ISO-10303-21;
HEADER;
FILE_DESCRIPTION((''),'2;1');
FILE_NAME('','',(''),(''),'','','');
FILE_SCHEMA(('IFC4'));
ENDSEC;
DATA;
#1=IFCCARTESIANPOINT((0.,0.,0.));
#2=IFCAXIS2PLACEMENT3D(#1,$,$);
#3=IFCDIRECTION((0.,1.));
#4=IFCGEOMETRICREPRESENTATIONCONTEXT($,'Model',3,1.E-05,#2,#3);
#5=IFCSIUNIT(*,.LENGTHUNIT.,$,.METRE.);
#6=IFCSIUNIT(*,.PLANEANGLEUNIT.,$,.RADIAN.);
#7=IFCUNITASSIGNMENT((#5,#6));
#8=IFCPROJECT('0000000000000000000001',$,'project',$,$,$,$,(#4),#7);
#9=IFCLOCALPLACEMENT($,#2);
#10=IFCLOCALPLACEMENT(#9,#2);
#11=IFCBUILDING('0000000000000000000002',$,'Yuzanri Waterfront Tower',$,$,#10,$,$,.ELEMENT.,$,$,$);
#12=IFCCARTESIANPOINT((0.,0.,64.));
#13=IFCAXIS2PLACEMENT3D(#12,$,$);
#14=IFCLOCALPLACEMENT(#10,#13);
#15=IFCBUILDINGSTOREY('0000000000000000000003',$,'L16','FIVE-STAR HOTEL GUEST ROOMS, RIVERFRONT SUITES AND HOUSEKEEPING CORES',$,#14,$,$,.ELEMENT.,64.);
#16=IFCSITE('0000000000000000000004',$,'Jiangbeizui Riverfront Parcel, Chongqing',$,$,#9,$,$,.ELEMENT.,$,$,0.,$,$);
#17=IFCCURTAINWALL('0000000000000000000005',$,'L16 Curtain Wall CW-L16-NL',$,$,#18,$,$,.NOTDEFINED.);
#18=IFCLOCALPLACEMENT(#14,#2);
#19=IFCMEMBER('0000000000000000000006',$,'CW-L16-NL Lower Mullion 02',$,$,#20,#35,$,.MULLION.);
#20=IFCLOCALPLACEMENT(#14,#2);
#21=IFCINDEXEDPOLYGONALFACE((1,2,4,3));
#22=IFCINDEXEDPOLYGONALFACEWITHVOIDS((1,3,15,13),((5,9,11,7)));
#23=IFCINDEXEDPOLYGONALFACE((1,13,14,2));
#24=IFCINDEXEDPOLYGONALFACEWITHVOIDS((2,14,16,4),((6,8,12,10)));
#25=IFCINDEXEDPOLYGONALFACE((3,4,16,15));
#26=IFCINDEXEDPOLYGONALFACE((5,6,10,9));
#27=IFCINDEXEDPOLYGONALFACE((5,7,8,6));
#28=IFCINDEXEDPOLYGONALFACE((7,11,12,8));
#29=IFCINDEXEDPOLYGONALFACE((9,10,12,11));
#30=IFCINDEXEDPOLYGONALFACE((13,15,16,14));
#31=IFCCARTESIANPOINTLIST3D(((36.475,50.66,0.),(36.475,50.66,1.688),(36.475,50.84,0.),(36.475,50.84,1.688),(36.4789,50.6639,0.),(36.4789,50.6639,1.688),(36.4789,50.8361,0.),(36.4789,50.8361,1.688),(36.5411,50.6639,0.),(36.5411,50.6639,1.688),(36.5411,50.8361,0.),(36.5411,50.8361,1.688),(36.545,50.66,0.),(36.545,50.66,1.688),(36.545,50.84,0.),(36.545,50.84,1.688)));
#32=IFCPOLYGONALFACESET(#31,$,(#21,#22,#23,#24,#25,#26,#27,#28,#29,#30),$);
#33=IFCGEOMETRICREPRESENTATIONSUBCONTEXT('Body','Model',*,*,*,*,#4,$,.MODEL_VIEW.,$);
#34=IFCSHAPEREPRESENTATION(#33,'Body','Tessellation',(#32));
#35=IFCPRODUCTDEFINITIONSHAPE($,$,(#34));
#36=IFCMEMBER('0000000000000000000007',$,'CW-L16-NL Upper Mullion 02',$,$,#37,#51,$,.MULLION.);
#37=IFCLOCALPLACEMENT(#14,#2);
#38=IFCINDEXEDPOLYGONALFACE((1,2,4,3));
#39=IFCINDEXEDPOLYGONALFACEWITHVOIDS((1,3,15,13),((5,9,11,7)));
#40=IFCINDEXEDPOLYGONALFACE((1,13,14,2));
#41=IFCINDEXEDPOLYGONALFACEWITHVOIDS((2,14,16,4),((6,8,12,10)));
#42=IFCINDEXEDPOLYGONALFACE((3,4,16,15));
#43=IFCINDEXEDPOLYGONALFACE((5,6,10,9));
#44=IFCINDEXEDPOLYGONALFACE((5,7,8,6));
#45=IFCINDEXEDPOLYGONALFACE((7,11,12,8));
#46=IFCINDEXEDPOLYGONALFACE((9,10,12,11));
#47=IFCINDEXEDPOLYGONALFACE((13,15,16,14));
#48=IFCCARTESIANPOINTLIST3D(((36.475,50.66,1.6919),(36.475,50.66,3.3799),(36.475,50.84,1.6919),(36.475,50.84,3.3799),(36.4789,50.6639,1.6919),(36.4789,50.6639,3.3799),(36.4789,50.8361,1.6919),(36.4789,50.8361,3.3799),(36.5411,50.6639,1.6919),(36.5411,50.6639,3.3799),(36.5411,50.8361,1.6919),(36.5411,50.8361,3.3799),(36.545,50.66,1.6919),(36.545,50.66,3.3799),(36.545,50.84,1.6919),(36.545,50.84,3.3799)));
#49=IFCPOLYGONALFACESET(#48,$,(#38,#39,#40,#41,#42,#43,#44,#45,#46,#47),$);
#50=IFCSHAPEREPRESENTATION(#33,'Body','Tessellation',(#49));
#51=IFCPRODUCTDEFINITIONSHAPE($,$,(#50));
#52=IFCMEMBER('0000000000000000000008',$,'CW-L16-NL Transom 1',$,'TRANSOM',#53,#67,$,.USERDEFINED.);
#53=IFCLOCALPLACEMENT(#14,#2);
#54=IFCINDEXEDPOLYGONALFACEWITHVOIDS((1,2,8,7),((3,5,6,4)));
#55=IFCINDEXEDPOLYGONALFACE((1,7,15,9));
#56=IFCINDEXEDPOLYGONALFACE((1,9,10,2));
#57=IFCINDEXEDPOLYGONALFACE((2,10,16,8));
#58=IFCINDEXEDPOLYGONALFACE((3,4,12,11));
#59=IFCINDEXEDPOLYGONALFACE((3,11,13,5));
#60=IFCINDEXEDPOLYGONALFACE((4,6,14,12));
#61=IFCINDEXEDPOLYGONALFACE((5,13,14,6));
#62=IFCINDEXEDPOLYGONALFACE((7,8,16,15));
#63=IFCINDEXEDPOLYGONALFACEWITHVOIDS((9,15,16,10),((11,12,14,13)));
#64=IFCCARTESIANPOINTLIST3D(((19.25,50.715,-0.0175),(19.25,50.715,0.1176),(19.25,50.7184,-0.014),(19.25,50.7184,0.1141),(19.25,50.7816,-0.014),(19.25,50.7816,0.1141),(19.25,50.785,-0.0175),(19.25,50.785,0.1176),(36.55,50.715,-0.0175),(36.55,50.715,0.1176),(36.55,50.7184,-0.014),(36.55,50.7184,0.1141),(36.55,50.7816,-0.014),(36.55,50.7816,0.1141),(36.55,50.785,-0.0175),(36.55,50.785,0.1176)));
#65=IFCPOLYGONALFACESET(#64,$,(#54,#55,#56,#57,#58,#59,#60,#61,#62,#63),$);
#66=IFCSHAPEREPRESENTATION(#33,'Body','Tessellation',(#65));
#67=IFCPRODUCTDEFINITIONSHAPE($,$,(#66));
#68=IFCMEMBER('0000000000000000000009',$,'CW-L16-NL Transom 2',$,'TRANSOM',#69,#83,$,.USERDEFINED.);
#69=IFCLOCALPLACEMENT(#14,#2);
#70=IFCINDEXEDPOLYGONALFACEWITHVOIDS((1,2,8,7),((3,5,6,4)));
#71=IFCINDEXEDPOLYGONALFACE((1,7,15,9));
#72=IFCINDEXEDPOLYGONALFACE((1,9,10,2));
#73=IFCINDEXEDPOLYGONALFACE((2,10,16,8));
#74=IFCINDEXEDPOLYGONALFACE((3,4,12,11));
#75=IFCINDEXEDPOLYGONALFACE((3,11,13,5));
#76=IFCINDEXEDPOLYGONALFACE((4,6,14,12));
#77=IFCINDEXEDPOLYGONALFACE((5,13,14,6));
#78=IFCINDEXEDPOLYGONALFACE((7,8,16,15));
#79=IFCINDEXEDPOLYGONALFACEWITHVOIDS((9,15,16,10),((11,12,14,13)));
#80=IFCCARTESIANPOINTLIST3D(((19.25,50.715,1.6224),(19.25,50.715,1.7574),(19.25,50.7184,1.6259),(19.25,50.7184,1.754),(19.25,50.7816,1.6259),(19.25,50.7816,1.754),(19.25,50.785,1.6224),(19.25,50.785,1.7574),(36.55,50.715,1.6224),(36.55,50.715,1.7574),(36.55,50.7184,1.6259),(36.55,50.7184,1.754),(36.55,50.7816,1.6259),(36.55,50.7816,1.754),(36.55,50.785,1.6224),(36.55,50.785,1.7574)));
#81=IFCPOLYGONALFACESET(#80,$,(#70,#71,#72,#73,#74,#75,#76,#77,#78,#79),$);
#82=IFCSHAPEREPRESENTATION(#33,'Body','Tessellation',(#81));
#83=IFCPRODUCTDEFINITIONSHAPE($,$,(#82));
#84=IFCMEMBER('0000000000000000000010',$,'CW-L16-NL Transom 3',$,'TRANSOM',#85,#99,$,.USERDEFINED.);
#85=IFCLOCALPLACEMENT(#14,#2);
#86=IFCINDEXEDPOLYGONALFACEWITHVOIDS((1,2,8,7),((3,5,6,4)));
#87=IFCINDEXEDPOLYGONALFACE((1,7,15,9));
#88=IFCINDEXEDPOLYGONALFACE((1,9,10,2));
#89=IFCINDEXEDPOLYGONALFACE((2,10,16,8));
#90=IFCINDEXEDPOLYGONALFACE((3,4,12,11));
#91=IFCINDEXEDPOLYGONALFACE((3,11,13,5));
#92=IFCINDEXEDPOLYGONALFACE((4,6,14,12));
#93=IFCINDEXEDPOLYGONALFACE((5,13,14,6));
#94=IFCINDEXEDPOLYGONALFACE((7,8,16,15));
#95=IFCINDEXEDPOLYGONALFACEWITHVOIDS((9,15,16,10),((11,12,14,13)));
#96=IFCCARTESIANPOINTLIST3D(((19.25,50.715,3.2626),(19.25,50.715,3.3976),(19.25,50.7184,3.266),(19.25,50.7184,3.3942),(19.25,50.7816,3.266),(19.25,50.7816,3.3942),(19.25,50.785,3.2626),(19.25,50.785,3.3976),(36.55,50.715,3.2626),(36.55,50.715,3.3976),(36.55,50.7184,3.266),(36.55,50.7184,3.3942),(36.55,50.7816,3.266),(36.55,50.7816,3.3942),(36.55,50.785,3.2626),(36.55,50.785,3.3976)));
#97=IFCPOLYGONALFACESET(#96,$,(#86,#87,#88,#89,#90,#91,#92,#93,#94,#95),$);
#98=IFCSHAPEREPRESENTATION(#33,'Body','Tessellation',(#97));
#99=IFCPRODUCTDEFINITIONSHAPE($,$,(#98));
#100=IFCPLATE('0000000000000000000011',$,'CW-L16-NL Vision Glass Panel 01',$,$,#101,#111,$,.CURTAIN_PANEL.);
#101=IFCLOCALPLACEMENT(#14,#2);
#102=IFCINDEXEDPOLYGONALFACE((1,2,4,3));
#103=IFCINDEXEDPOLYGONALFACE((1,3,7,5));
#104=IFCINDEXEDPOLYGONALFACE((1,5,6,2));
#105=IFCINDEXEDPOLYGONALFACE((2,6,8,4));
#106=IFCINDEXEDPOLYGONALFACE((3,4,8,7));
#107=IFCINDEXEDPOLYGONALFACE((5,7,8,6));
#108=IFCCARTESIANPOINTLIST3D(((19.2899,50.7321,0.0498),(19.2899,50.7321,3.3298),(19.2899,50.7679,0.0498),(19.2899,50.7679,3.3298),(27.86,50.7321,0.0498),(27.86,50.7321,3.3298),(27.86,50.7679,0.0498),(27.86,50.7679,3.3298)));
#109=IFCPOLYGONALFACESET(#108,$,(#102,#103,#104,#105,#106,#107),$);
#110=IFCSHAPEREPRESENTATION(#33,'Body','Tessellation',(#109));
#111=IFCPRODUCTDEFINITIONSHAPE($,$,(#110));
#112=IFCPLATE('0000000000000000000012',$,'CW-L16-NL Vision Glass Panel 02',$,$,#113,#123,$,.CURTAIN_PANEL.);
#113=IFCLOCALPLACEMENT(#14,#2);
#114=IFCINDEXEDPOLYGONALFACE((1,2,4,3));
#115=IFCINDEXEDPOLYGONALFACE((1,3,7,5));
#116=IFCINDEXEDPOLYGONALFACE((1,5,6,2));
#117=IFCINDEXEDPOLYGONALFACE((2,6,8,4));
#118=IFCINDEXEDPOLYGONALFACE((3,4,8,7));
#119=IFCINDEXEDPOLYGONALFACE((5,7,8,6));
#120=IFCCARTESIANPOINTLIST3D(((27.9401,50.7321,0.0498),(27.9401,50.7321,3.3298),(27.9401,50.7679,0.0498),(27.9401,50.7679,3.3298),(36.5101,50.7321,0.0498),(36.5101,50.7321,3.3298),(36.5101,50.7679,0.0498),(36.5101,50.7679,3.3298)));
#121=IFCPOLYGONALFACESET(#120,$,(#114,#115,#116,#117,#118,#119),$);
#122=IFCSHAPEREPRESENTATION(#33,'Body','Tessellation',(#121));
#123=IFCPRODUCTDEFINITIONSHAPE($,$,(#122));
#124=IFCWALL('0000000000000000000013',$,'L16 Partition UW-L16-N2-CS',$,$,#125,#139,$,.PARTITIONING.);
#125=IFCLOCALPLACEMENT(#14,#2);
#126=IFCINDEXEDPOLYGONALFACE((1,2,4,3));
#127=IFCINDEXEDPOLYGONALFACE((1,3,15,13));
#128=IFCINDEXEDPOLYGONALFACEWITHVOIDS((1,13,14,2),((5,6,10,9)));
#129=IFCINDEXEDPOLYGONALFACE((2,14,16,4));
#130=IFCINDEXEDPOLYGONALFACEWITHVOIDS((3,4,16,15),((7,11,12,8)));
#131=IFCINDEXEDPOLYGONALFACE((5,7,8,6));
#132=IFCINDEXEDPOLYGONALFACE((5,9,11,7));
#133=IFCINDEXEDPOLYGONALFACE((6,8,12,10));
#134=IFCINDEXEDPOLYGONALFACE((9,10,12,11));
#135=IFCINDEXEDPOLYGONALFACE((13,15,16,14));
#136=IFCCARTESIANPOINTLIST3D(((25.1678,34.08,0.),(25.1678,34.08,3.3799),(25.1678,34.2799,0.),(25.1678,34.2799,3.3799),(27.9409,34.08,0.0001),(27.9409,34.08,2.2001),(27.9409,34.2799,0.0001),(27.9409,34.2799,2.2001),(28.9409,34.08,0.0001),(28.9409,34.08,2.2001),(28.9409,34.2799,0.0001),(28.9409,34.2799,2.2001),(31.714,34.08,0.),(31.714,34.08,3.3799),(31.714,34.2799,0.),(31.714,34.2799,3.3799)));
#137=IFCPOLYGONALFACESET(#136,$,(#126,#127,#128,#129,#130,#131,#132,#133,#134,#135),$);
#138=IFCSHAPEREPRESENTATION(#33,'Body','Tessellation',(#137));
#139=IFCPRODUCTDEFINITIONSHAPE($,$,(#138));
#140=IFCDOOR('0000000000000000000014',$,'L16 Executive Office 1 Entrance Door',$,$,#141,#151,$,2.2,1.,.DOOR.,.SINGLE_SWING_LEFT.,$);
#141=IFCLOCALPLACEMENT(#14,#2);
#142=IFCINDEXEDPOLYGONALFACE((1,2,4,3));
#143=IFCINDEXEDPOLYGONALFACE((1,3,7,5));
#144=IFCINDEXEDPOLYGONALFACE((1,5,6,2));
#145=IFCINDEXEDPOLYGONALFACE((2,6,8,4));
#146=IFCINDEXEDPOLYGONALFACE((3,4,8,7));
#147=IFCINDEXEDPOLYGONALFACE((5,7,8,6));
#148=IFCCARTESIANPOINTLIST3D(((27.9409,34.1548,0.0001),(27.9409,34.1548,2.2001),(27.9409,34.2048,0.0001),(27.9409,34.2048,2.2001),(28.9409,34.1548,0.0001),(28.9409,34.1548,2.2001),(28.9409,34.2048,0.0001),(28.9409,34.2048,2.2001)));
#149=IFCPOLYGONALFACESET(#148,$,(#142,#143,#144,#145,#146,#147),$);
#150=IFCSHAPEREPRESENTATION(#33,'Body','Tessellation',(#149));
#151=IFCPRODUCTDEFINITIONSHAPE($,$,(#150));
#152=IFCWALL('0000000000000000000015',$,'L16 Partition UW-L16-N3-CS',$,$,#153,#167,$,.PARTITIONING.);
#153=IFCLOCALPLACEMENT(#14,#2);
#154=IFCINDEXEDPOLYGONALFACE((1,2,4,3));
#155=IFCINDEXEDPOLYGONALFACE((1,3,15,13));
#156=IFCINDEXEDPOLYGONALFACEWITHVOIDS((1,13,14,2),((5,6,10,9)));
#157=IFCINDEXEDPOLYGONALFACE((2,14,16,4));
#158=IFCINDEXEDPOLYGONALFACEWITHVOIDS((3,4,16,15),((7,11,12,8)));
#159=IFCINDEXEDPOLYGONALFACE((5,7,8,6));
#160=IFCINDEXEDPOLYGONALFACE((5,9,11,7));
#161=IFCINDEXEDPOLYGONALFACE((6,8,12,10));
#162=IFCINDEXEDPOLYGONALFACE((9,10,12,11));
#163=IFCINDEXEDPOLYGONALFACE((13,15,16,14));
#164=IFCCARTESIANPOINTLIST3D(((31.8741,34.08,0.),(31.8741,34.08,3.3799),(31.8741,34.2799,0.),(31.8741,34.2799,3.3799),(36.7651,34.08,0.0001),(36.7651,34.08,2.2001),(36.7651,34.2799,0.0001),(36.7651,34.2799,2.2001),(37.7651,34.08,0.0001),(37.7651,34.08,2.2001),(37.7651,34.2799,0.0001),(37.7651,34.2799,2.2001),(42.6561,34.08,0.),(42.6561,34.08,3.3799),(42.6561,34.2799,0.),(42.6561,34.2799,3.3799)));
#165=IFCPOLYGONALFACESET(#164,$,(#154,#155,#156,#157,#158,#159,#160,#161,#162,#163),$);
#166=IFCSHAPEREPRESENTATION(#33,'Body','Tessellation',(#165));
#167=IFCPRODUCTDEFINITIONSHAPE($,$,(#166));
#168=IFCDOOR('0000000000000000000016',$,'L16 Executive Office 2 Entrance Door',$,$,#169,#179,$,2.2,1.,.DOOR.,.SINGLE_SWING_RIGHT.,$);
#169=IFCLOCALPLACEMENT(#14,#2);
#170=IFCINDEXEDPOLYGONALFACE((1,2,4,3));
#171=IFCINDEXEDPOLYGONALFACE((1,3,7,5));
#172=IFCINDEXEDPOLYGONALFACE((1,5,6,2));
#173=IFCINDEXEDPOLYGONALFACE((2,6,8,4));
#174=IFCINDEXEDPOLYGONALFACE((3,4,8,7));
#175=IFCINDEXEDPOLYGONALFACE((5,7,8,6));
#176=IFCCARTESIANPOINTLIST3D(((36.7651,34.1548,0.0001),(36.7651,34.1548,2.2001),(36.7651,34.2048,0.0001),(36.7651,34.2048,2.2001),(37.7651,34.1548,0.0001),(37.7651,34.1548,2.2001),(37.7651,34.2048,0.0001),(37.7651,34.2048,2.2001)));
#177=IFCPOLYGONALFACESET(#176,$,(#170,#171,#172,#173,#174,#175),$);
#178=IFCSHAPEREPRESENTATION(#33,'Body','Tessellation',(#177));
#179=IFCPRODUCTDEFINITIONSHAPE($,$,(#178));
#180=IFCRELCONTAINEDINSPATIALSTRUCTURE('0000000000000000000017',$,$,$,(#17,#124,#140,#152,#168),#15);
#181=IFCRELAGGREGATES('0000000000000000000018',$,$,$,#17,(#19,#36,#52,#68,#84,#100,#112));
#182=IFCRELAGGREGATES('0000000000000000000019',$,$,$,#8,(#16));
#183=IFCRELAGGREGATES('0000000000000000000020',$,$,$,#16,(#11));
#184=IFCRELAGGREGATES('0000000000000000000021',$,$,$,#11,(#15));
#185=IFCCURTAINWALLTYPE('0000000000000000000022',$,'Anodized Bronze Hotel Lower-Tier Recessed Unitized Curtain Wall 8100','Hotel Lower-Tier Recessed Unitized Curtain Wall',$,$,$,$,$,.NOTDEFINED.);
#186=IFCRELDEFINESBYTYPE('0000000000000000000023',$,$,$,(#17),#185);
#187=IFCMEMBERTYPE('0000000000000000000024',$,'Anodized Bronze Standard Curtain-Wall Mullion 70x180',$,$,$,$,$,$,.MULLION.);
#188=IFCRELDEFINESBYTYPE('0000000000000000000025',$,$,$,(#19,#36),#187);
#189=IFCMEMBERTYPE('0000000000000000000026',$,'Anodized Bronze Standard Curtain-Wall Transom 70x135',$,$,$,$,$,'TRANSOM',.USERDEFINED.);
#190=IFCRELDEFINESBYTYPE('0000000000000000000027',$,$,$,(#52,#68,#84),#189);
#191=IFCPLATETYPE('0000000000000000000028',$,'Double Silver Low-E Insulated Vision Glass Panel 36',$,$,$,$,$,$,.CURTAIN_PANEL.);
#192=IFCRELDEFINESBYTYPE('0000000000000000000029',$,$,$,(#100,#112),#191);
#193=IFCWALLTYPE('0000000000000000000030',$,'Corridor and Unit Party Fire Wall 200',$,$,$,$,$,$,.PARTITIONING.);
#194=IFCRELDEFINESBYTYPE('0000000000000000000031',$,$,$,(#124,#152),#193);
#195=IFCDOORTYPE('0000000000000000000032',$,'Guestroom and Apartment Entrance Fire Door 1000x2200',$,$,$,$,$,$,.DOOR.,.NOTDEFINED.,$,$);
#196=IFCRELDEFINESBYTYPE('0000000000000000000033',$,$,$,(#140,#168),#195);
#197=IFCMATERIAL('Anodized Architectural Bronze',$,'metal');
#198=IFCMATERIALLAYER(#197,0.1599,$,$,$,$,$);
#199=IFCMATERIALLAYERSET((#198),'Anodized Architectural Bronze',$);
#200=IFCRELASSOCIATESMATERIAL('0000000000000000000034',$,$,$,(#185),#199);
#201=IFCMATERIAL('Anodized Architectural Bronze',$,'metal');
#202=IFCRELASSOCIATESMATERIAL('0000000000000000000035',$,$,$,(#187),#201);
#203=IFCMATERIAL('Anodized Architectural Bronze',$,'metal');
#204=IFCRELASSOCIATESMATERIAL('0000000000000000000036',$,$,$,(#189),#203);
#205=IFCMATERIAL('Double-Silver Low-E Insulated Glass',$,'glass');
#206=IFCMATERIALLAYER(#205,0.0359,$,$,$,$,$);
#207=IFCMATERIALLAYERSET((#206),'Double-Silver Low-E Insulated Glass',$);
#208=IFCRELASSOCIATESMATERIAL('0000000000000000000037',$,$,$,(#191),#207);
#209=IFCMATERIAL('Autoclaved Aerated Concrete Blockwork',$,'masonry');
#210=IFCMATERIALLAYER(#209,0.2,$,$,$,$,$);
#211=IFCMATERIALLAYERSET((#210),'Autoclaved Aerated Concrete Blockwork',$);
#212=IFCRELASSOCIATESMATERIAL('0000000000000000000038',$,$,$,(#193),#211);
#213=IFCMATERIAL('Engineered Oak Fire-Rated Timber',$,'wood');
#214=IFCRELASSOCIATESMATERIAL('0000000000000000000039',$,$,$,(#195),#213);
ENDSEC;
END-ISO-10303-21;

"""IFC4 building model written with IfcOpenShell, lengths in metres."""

from ifc_helpers import new_model, si_unit, direction, frame, frame_2d, origin, origin_2d, place, context, subcontext, project, spatial, rectangle, hollow_rectangle, extrude, source, transform, mapped, material, layer, layer_set, material_profile, profile_set, type_object, element, fill, aggregate, save


model = new_model("IFC4")

# Units and contexts
model_context = context("Model", 3, precision=1e-05, world=origin(), true_north=direction((0.0, 1.0)))
body_context = subcontext(model_context, "Body", "Model", "MODEL_VIEW")
ifc_project = project(units=[si_unit("LENGTHUNIT", "METRE"), si_unit("PLANEANGLEUNIT", "RADIAN")], contexts=[model_context])

# Site, building, storey
site_placement = place(None, origin())
site = spatial("IfcSite", under=ifc_project, at=site_placement, Name="Jiangbeizui Riverfront Parcel, Chongqing", CompositionType="ELEMENT", RefElevation=0.0)
building_placement = place(site_placement, origin())
building = spatial("IfcBuilding", under=site, at=building_placement, Name="Yuzanri Waterfront Tower", CompositionType="ELEMENT")
storey_placement = place(building_placement, frame((0.0, 0.0, 64.0)))
storey = spatial("IfcBuildingStorey", under=building, at=storey_placement, Name="L16", Description="FIVE-STAR HOTEL GUEST ROOMS, RIVERFRONT SUITES AND HOUSEKEEPING CORES", CompositionType="ELEMENT", Elevation=64.0)

# Curtain wall, members, plates
ifc_material_1 = material(Name="Anodized Architectural Bronze", Category="metal")
ifc_layer_1 = layer(ifc_material_1, 0.1599)
ifc_layer_set_1 = layer_set([ifc_layer_1], Name="Anodized Architectural Bronze")
curtain_wall_type = type_object("IfcCurtainWallType", Name="Anodized Bronze Hotel Lower-Tier Recessed Unitized Curtain Wall 8100", Description="Hotel Lower-Tier Recessed Unitized Curtain Wall", PredefinedType="NOTDEFINED", material=ifc_layer_set_1)
curtain_wall_placement = place(storey_placement, origin())
curtain_wall = element("IfcCurtainWall", 1, at=curtain_wall_placement, inside=storey, type_object=curtain_wall_type, Name="L16 Curtain Wall CW-L16-NL", PredefinedType="NOTDEFINED")
ifc_material_2 = material(Name="Anodized Architectural Bronze", Category="metal")
ifc_material_profile_1 = material_profile(ifc_material_2, hollow_rectangle(XDim=0.0701, YDim=0.1799, WallThickness=0.0039, at=origin_2d()), Name="CWM 70x180")
ifc_profile_set_1 = profile_set([ifc_material_profile_1], Name="Anodized Architectural Bronze")
member_type_1 = type_object("IfcMemberType", Name="Anodized Bronze Standard Curtain-Wall Mullion 70x180", PredefinedType="MULLION", material=ifc_profile_set_1)
shared_shape_1 = source(origin(), body_context, "Body", "SweptSolid", [
    extrude(hollow_rectangle(XDim=0.0701, YDim=0.1799, WallThickness=0.0039, at=origin_2d()), origin(), (0.0, 0.0, 1.0), 1.688),
])
member_1_placement = place(storey_placement, frame((36.51, 50.75, 0.0), z_axis=(0.0, 0.0, 1.0), x_axis=(1.0, 0.0, 0.0)))
member_1 = element("IfcMember", 2, at=member_1_placement, type_object=member_type_1, Name="CW-L16-NL Lower Mullion 02", PredefinedType="MULLION", context=body_context, shape_type="MappedRepresentation", body=[
    mapped(shared_shape_1, transform((0.0, 0.0, 0.0), scale=1.0)),
])
member_2_placement = place(storey_placement, frame((36.51, 50.75, 1.6919), z_axis=(0.0, 0.0, 1.0), x_axis=(1.0, 0.0, 0.0)))
member_2 = element("IfcMember", 3, at=member_2_placement, type_object=member_type_1, Name="CW-L16-NL Upper Mullion 02", PredefinedType="MULLION", context=body_context, shape_type="MappedRepresentation", body=[
    mapped(shared_shape_1, transform((0.0, 0.0, 0.0), scale=1.0)),
])
ifc_material_3 = material(Name="Anodized Architectural Bronze", Category="metal")
ifc_material_profile_2 = material_profile(ifc_material_3, hollow_rectangle(XDim=0.0701, YDim=0.135, WallThickness=0.0034, at=origin_2d()), Name="CWT 70x135")
ifc_profile_set_2 = profile_set([ifc_material_profile_2], Name="Anodized Architectural Bronze")
member_type_2 = type_object("IfcMemberType", Name="Anodized Bronze Standard Curtain-Wall Transom 70x135", ElementType="TRANSOM", PredefinedType="USERDEFINED", material=ifc_profile_set_2)
shared_shape_2 = source(origin(), body_context, "Body", "SweptSolid", [
    extrude(hollow_rectangle(XDim=0.0701, YDim=0.135, WallThickness=0.0034, at=origin_2d()), origin(), (0.0, 0.0, 1.0), 17.3),
])
member_3_placement = place(storey_placement, frame((19.25, 50.75, 0.05), z_axis=(1.0, 0.0, 0.0), x_axis=(0.0, 1.0, 0.0)))
member_3 = element("IfcMember", 4, at=member_3_placement, type_object=member_type_2, Name="CW-L16-NL Transom 1", ObjectType="TRANSOM", PredefinedType="USERDEFINED", context=body_context, shape_type="MappedRepresentation", body=[
    mapped(shared_shape_2, transform((0.0, 0.0, 0.0), scale=1.0)),
])
member_4_placement = place(storey_placement, frame((19.25, 50.75, 1.6899), z_axis=(1.0, 0.0, 0.0), x_axis=(0.0, 1.0, 0.0)))
member_4 = element("IfcMember", 5, at=member_4_placement, type_object=member_type_2, Name="CW-L16-NL Transom 2", ObjectType="TRANSOM", PredefinedType="USERDEFINED", context=body_context, shape_type="MappedRepresentation", body=[
    mapped(shared_shape_2, transform((0.0, 0.0, 0.0), scale=1.0)),
])
member_5_placement = place(storey_placement, frame((19.25, 50.75, 3.3301), z_axis=(1.0, 0.0, 0.0), x_axis=(0.0, 1.0, 0.0)))
member_5 = element("IfcMember", 6, at=member_5_placement, type_object=member_type_2, Name="CW-L16-NL Transom 3", ObjectType="TRANSOM", PredefinedType="USERDEFINED", context=body_context, shape_type="MappedRepresentation", body=[
    mapped(shared_shape_2, transform((0.0, 0.0, 0.0), scale=1.0)),
])
ifc_material_4 = material(Name="Double-Silver Low-E Insulated Glass", Category="glass")
ifc_layer_2 = layer(ifc_material_4, 0.0359)
ifc_layer_set_2 = layer_set([ifc_layer_2], Name="Double-Silver Low-E Insulated Glass")
plate_type = type_object("IfcPlateType", Name="Double Silver Low-E Insulated Vision Glass Panel 36", PredefinedType="CURTAIN_PANEL", material=ifc_layer_set_2)
shared_shape_3 = source(origin(), body_context, "Body", "SweptSolid", [
    extrude(rectangle(XDim=8.5701, YDim=0.0359, at=origin_2d()), origin(), (0.0, 0.0, 1.0), 3.28),
])
plate_1_placement = place(storey_placement, frame((23.575, 50.75, 0.0498), z_axis=(0.0, 0.0, 1.0), x_axis=(1.0, 0.0, 0.0)))
plate_1 = element("IfcPlate", 7, at=plate_1_placement, type_object=plate_type, Name="CW-L16-NL Vision Glass Panel 01", PredefinedType="CURTAIN_PANEL", context=body_context, shape_type="MappedRepresentation", body=[
    mapped(shared_shape_3, transform((0.0, 0.0, 0.0), scale=1.0)),
])
plate_2_placement = place(storey_placement, frame((32.2251, 50.75, 0.0498), z_axis=(0.0, 0.0, 1.0), x_axis=(1.0, 0.0, 0.0)))
plate_2 = element("IfcPlate", 8, at=plate_2_placement, type_object=plate_type, Name="CW-L16-NL Vision Glass Panel 02", PredefinedType="CURTAIN_PANEL", context=body_context, shape_type="MappedRepresentation", body=[
    mapped(shared_shape_3, transform((0.0, 0.0, 0.0), scale=1.0)),
])
aggregate(curtain_wall, [member_1, member_2, member_3, member_4, member_5, plate_1, plate_2])

# Walls, openings, doors
ifc_material_5 = material(Name="Autoclaved Aerated Concrete Blockwork", Category="masonry")
ifc_layer_3 = layer(ifc_material_5, 0.2)
ifc_layer_set_3 = layer_set([ifc_layer_3], Name="Autoclaved Aerated Concrete Blockwork")
wall_type_1 = type_object("IfcWallType", Name="Corridor and Unit Party Fire Wall 200", PredefinedType="PARTITIONING", material=ifc_layer_set_3)
wall_1_placement = place(storey_placement, frame((25.168, 34.1799, 0.0), z_axis=(0.0, 0.0, 1.0), x_axis=(1.0, 0.0, 0.0)))
wall_1 = element("IfcWall", 9, at=wall_1_placement, inside=storey, type_object=wall_type_1, Name="L16 Partition UW-L16-N2-CS", PredefinedType="PARTITIONING", context=body_context, shape_type="SweptSolid", body=[
    extrude(rectangle(XDim=6.5461, YDim=0.2, at=frame_2d((3.2729, 0.0))), origin(), (0.0, 0.0, 1.0), 3.3799),
])
opening_1_placement = place(wall_1_placement, frame((2.7729, 0.0, 0.0)))
opening_1 = element("IfcOpeningElement", 10, at=opening_1_placement, cuts=wall_1, PredefinedType="OPENING", context=body_context, shape_type="SweptSolid", body=[
    extrude(rectangle(XDim=1.0, YDim=2.2, at=frame_2d((0.5, 1.1001))), frame((0.0, 0.1147, 0.0), z_axis=(0.0, -1.0, 0.0), x_axis=(1.0, 0.0, 0.0)), (0.0, 0.0, 1.0), 0.2297),
])
ifc_material_6 = material(Name="Engineered Oak Fire-Rated Timber", Category="wood")
door_type = type_object("IfcDoorType", Name="Guestroom and Apartment Entrance Fire Door 1000x2200", OperationType="NOTDEFINED", PredefinedType="DOOR", material=ifc_material_6)
shared_shape_4 = source(origin(), body_context, "Body", "SweptSolid", [
    extrude(rectangle(XDim=1.0, YDim=2.2, at=frame_2d((0.5, 1.1001))), frame((0.0, 0.0249, 0.0), z_axis=(0.0, -1.0, 0.0), x_axis=(1.0, 0.0, 0.0)), (0.0, 0.0, 1.0), 0.05),
])
door_1_placement = place(opening_1_placement, origin())
door_1 = element("IfcDoor", 11, at=door_1_placement, inside=storey, type_object=door_type, Name="L16 Executive Office 1 Entrance Door", OperationType="SINGLE_SWING_LEFT", OverallHeight=2.2, OverallWidth=1.0, PredefinedType="DOOR", context=body_context, shape_type="MappedRepresentation", body=[
    mapped(shared_shape_4, transform((0.0, 0.0, 0.0), scale=1.0)),
])
fill(opening_1, door_1)
wall_2_placement = place(storey_placement, frame((31.874, 34.1799, 0.0), z_axis=(0.0, 0.0, 1.0), x_axis=(1.0, 0.0, 0.0)))
wall_2 = element("IfcWall", 12, at=wall_2_placement, inside=storey, type_object=wall_type_1, Name="L16 Partition UW-L16-N3-CS", PredefinedType="PARTITIONING", context=body_context, shape_type="SweptSolid", body=[
    extrude(rectangle(XDim=10.782, YDim=0.2, at=frame_2d((5.3911, 0.0))), origin(), (0.0, 0.0, 1.0), 3.3799),
])
opening_2_placement = place(wall_2_placement, frame((4.8911, 0.0, 0.0)))
opening_2 = element("IfcOpeningElement", 13, at=opening_2_placement, cuts=wall_2, PredefinedType="OPENING", context=body_context, shape_type="SweptSolid", body=[
    extrude(rectangle(XDim=1.0, YDim=2.2, at=frame_2d((0.5, 1.1001))), frame((0.0, 0.1147, 0.0), z_axis=(0.0, -1.0, 0.0), x_axis=(1.0, 0.0, 0.0)), (0.0, 0.0, 1.0), 0.2297),
])
door_2_placement = place(opening_2_placement, origin())
door_2 = element("IfcDoor", 14, at=door_2_placement, inside=storey, type_object=door_type, Name="L16 Executive Office 2 Entrance Door", OperationType="SINGLE_SWING_RIGHT", OverallHeight=2.2, OverallWidth=1.0, PredefinedType="DOOR", context=body_context, shape_type="MappedRepresentation", body=[
    mapped(shared_shape_4, transform((0.0, 0.0, 0.0), scale=1.0)),
])
fill(opening_2, door_2)

save(model, "model.ifc")
